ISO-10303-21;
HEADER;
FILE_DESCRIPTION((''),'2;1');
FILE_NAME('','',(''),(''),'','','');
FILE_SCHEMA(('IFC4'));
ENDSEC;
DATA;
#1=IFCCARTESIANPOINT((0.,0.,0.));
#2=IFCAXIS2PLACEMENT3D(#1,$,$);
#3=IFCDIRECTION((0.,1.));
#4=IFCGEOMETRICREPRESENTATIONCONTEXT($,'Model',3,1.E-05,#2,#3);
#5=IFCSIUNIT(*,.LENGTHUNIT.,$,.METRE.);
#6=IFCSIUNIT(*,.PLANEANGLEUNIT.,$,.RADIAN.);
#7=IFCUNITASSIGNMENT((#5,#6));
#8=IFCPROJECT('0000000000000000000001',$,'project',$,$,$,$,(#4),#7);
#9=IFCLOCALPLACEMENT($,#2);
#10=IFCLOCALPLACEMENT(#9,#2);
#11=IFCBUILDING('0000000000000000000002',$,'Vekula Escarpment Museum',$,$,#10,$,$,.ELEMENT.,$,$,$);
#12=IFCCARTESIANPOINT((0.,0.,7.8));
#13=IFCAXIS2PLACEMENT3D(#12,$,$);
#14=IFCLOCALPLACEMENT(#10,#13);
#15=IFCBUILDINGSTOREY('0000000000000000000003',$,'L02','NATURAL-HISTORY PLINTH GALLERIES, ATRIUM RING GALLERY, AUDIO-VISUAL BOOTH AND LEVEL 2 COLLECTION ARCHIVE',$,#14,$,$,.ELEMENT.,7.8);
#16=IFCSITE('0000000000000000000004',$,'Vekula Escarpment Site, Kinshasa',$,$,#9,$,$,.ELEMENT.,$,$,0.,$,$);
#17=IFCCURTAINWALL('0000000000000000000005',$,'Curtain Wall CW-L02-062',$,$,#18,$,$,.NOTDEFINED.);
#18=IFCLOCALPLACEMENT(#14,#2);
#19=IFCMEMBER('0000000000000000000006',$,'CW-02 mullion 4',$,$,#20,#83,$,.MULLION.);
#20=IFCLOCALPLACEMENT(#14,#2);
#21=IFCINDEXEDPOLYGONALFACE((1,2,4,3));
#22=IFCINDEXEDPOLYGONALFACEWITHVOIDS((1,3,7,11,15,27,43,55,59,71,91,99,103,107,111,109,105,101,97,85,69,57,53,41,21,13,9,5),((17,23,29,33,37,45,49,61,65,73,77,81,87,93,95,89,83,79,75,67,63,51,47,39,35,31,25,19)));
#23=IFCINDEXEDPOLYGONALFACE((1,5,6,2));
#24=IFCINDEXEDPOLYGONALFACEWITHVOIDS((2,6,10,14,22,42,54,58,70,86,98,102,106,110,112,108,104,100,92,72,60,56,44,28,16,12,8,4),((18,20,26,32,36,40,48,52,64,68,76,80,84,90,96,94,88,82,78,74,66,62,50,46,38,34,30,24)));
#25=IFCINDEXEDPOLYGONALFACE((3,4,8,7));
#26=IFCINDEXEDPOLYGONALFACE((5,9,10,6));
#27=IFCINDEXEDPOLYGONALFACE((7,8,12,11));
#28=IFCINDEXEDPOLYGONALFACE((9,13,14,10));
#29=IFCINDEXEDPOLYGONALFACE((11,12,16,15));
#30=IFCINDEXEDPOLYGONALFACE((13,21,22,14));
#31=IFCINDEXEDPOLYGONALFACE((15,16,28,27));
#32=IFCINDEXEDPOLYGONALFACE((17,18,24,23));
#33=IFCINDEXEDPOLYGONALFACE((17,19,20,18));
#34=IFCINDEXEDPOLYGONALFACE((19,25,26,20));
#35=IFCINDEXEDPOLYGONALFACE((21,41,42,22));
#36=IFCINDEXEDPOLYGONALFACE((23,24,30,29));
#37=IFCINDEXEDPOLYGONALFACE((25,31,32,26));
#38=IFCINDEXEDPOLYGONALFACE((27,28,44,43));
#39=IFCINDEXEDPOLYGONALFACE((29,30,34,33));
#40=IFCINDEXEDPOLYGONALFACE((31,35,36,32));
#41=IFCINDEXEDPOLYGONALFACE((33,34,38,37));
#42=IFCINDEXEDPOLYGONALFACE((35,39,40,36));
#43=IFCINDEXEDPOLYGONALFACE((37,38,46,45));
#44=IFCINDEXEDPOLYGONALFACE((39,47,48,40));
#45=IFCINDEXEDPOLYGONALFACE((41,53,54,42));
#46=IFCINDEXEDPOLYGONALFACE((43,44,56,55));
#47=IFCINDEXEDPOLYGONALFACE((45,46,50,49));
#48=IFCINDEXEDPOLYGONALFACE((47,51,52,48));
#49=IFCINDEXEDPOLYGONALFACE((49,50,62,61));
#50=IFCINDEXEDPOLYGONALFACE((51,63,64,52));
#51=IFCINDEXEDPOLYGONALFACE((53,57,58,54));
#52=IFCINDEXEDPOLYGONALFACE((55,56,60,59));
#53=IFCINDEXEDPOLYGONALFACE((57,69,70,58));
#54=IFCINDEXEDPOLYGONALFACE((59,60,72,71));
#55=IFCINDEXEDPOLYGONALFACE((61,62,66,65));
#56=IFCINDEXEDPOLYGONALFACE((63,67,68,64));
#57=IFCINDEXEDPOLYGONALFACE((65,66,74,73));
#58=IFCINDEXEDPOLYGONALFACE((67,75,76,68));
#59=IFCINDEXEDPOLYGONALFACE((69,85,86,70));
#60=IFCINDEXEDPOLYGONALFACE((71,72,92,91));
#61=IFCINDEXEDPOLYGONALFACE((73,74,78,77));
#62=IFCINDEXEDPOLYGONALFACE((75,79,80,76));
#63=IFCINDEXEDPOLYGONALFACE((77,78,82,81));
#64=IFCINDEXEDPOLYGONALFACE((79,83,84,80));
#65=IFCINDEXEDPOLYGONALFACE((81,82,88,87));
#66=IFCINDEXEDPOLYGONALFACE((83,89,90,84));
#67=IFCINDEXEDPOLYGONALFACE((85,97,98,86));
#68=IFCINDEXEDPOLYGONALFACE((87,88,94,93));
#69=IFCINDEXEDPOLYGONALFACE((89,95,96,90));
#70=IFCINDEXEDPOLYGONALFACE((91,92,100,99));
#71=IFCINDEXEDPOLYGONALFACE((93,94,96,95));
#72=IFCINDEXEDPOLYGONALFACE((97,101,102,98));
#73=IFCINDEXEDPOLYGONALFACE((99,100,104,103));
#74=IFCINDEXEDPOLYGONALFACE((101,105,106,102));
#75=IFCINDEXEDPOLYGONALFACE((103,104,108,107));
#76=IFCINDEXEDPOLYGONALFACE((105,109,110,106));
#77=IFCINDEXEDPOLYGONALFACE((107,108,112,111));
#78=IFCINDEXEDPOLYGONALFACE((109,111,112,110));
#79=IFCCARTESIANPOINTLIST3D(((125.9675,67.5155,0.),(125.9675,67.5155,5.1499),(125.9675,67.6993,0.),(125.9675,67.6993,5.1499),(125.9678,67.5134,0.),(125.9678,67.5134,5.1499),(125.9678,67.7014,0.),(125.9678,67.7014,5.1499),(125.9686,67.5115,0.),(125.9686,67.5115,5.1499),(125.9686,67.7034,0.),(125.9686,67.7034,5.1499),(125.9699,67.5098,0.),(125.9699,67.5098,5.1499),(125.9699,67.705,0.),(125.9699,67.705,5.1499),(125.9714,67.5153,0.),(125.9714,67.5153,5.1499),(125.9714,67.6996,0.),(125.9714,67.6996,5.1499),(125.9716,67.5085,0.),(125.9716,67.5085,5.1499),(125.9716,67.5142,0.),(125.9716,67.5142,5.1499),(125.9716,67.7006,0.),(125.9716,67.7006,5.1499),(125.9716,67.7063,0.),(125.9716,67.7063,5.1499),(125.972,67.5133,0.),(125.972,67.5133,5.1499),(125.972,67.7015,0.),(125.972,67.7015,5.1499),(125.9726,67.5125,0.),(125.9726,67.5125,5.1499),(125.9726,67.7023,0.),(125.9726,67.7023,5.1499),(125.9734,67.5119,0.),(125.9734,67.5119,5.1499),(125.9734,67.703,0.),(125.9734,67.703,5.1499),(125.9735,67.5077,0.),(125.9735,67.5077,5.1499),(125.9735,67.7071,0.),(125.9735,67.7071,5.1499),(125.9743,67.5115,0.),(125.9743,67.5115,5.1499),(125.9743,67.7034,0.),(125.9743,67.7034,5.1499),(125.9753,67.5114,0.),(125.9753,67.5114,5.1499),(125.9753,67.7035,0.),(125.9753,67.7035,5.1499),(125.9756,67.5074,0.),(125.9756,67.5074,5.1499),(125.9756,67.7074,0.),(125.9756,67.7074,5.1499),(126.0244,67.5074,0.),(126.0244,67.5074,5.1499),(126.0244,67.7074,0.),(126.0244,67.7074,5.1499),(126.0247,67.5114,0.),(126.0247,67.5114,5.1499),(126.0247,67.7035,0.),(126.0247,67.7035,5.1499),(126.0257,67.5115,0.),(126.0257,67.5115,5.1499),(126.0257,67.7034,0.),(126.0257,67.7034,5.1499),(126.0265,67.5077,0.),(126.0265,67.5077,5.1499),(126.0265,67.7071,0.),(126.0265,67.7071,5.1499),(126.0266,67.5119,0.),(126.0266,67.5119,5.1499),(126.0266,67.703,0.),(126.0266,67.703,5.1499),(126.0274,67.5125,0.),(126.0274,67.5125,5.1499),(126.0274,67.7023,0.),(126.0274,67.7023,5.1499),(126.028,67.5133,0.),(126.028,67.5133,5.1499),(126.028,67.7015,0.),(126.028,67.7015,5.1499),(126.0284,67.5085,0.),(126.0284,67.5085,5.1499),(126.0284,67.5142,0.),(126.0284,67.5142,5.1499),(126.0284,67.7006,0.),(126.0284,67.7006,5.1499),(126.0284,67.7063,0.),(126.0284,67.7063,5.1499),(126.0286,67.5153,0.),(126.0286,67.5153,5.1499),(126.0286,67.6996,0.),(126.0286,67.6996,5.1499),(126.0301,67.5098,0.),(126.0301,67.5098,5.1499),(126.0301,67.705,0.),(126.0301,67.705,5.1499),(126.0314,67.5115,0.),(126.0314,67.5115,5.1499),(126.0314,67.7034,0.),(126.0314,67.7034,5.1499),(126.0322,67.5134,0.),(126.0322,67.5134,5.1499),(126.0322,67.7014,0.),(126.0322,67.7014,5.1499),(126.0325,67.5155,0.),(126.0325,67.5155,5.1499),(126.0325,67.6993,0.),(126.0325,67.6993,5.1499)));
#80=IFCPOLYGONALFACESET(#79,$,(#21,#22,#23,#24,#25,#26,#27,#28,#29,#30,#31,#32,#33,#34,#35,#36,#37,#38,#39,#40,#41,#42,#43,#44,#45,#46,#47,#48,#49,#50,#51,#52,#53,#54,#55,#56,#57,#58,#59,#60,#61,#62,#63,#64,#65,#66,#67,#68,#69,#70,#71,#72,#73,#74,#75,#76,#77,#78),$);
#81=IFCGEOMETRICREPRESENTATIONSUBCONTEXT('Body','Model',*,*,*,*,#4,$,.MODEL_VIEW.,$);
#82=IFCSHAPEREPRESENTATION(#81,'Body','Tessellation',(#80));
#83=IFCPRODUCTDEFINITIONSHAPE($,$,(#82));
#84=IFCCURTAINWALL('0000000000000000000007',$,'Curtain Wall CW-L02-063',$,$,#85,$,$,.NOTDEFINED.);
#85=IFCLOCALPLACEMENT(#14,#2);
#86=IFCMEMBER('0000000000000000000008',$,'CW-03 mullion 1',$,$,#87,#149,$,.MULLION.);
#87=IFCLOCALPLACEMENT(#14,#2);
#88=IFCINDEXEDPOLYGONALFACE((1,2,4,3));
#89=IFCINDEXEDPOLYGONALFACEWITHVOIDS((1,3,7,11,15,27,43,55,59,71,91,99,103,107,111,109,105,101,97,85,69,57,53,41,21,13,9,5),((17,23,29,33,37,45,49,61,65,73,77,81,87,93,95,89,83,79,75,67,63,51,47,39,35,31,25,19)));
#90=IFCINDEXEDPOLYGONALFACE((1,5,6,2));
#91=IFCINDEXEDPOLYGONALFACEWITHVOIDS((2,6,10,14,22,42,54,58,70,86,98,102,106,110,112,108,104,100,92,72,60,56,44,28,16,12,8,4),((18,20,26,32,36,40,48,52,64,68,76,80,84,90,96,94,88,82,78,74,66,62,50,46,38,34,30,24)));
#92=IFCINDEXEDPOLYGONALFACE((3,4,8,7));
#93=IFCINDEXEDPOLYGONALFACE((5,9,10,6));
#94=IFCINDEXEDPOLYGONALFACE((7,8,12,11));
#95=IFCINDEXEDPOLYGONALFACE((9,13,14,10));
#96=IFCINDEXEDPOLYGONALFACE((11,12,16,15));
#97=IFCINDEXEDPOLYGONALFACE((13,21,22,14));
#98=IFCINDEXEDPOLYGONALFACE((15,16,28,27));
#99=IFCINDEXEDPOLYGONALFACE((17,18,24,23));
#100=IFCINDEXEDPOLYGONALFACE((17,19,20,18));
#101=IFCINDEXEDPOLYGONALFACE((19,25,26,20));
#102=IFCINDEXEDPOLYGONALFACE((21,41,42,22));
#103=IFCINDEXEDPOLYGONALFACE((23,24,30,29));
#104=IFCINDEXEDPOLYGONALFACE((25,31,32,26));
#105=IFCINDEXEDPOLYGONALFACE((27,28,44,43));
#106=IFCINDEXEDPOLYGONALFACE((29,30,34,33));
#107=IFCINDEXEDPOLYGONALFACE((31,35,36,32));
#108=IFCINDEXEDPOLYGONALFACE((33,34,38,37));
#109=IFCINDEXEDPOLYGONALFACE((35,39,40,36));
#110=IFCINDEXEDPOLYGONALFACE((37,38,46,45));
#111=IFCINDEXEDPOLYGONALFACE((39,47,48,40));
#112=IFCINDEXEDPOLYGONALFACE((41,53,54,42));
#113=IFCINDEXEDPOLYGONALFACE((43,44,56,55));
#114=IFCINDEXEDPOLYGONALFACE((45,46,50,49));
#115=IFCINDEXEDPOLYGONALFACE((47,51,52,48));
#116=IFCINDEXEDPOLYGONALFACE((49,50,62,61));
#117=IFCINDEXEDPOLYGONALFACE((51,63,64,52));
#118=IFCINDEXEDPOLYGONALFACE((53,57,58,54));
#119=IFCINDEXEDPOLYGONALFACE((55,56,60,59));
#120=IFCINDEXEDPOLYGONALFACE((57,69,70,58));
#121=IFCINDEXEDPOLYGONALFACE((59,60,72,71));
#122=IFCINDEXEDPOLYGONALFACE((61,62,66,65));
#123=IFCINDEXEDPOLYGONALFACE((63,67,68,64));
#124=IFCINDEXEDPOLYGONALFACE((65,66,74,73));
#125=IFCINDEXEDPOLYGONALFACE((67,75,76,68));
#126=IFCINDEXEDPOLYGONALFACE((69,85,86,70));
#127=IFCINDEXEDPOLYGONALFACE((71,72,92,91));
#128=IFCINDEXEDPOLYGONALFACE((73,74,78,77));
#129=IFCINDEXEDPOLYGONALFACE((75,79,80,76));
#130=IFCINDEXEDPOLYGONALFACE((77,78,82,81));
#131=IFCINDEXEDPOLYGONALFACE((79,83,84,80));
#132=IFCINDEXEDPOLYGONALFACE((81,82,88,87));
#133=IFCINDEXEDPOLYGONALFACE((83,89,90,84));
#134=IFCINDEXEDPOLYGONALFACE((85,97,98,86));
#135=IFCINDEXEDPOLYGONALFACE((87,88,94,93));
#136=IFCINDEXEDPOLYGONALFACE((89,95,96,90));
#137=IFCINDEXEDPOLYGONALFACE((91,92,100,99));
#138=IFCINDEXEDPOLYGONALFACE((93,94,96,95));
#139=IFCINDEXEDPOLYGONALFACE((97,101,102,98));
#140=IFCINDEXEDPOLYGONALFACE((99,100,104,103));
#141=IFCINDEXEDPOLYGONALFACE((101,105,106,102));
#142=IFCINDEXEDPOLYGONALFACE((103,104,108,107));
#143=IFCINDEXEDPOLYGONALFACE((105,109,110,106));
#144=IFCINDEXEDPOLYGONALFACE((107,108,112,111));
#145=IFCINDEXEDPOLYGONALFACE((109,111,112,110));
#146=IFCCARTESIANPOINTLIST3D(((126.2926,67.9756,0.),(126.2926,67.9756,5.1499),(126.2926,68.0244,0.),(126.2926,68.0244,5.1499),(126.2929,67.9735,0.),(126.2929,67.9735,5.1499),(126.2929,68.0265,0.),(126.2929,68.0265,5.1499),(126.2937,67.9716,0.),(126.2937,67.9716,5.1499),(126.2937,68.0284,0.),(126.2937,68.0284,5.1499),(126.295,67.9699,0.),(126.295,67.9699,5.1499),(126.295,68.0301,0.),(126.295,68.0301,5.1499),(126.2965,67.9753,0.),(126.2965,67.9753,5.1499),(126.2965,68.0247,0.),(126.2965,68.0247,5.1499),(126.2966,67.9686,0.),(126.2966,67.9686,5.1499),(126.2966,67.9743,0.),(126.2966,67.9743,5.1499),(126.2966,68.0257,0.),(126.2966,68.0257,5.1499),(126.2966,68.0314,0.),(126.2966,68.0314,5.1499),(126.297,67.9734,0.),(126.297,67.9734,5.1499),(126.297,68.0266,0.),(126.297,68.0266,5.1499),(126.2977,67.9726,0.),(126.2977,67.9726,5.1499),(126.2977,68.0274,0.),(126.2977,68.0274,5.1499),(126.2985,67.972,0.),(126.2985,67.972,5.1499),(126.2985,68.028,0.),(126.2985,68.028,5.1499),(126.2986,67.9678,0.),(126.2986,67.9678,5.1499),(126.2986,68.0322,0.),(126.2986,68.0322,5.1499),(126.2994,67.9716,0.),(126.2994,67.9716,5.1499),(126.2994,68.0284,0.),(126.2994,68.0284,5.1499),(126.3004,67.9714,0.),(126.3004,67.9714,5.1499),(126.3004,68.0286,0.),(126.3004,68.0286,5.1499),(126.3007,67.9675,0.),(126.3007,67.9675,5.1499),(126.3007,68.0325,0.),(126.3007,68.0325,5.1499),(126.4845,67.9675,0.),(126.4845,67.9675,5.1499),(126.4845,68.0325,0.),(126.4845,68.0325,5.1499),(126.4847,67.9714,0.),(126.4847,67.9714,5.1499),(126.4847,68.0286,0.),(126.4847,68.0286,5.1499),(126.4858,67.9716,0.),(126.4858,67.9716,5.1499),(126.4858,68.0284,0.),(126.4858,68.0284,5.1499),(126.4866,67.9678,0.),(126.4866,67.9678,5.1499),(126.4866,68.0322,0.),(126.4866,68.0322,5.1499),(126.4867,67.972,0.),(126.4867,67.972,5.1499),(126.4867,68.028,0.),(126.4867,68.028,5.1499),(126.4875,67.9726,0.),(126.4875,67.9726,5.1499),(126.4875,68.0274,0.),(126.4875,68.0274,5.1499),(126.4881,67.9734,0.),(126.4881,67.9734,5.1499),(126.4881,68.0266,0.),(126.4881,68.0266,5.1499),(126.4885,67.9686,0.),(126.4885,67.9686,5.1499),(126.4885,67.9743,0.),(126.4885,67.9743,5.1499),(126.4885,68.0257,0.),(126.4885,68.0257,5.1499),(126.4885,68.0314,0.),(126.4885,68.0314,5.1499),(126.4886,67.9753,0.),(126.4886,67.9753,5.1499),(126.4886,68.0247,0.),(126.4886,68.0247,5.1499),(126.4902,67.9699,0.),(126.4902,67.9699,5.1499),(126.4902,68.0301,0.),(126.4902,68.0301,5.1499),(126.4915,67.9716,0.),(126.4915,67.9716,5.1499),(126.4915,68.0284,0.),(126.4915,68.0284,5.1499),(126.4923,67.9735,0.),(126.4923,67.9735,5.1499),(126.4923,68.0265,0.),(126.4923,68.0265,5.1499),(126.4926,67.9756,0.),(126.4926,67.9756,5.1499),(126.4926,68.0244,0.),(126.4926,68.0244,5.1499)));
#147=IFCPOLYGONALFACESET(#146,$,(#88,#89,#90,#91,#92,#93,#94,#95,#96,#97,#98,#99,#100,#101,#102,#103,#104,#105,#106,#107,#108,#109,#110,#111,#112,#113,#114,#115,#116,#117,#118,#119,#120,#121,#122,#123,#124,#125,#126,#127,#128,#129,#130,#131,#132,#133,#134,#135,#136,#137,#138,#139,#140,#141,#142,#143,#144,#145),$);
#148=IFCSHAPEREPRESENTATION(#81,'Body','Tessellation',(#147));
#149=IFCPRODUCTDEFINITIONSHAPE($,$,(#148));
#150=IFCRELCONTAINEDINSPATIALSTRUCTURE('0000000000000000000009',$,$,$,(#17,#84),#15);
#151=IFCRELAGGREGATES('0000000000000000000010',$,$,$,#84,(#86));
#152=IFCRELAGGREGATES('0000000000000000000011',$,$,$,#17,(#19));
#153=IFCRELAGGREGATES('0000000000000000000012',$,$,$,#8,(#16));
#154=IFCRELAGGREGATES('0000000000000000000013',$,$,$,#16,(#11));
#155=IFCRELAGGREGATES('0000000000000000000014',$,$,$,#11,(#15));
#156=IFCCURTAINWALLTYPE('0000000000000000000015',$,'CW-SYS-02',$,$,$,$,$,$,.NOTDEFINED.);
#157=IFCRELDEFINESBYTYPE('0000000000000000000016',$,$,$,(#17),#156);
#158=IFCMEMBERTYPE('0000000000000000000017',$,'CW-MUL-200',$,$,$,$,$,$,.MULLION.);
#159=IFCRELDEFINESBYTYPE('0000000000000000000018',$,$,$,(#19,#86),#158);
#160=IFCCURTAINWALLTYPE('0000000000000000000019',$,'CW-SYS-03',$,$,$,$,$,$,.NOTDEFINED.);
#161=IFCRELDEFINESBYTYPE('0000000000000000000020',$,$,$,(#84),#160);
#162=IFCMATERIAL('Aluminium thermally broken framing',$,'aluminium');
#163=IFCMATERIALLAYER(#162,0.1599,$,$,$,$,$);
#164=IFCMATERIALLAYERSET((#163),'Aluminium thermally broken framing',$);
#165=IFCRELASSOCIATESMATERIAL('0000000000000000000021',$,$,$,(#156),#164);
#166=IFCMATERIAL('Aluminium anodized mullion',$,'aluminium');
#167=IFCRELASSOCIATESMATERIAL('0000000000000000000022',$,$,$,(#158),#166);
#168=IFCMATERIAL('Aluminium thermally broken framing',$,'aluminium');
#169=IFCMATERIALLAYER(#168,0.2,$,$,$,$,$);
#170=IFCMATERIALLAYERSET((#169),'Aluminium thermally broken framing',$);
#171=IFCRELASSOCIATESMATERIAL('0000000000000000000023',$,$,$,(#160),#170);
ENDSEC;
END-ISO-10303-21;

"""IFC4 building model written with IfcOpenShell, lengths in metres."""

from ifc_helpers import new_model, si_unit, direction, frame, origin, origin_2d, place, context, subcontext, project, spatial, hollow_rectangle, extrude, material, layer, layer_set, material_profile, profile_set, type_object, element, aggregate, save


model = new_model("IFC4")

# Units and contexts
model_context = context("Model", 3, precision=1e-05, world=origin(), true_north=direction((0.0, 1.0)))
body_context = subcontext(model_context, "Body", "Model", "MODEL_VIEW")
ifc_project = project(units=[si_unit("LENGTHUNIT", "METRE"), si_unit("PLANEANGLEUNIT", "RADIAN")], contexts=[model_context])

# Site, building, storey
site_placement = place(None, origin())
site = spatial("IfcSite", under=ifc_project, at=site_placement, Name="Vekula Escarpment Site, Kinshasa", CompositionType="ELEMENT", RefElevation=0.0)
building_placement = place(site_placement, origin())
building = spatial("IfcBuilding", under=site, at=building_placement, Name="Vekula Escarpment Museum", CompositionType="ELEMENT")
storey_placement = place(building_placement, frame((0.0, 0.0, 7.8)))
storey = spatial("IfcBuildingStorey", under=building, at=storey_placement, Name="L02", Description="NATURAL-HISTORY PLINTH GALLERIES, ATRIUM RING GALLERY, AUDIO-VISUAL BOOTH AND LEVEL 2 COLLECTION ARCHIVE", CompositionType="ELEMENT", Elevation=7.8)

# Curtain wall, member
ifc_material_1 = material(Name="Aluminium thermally broken framing", Category="aluminium")
ifc_layer_1 = layer(ifc_material_1, 0.1599)
ifc_layer_set_1 = layer_set([ifc_layer_1], Name="Aluminium thermally broken framing")
curtain_wall_type_1 = type_object("IfcCurtainWallType", Name="CW-SYS-02", PredefinedType="NOTDEFINED", material=ifc_layer_set_1)
curtain_wall_1_placement = place(storey_placement, origin())
curtain_wall_1 = element("IfcCurtainWall", 1, at=curtain_wall_1_placement, inside=storey, type_object=curtain_wall_type_1, Name="Curtain Wall CW-L02-062", PredefinedType="NOTDEFINED")
ifc_material_2 = material(Name="Aluminium anodized mullion", Category="aluminium")
ifc_material_profile_1 = material_profile(ifc_material_2, hollow_rectangle(XDim=0.0649, YDim=0.2, WallThickness=0.0039, InnerFilletRadius=0.0039, OuterFilletRadius=0.0081, at=origin_2d()), Name="ALU 200x65x4")
ifc_profile_set_1 = profile_set([ifc_material_profile_1], Name="Aluminium anodized mullion")
member_type_1 = type_object("IfcMemberType", Name="CW-MUL-200", PredefinedType="MULLION", material=ifc_profile_set_1)
member_1_placement = place(storey_placement, frame((126.0, 67.6074, 0.0), z_axis=(0.0, 0.0, 1.0), x_axis=(-1.0, 0.0, 0.0)))
member_1 = element("IfcMember", 2, at=member_1_placement, type_object=member_type_1, Name="CW-02 mullion 4", PredefinedType="MULLION", context=body_context, shape_type="SweptSolid", body=[
    extrude(hollow_rectangle(XDim=0.0649, YDim=0.2, WallThickness=0.0039, InnerFilletRadius=0.0039, OuterFilletRadius=0.0081, at=origin_2d()), origin(), (0.0, 0.0, 1.0), 5.1499),
])

# Curtain wall, member
ifc_material_3 = material(Name="Aluminium thermally broken framing", Category="aluminium")
ifc_layer_2 = layer(ifc_material_3, 0.2)
ifc_layer_set_2 = layer_set([ifc_layer_2], Name="Aluminium thermally broken framing")
curtain_wall_type_2 = type_object("IfcCurtainWallType", Name="CW-SYS-03", PredefinedType="NOTDEFINED", material=ifc_layer_set_2)
curtain_wall_2_placement = place(storey_placement, origin())
curtain_wall_2 = element("IfcCurtainWall", 3, at=curtain_wall_2_placement, inside=storey, type_object=curtain_wall_type_2, Name="Curtain Wall CW-L02-063", PredefinedType="NOTDEFINED")
member_2_placement = place(storey_placement, frame((126.3926, 68.0, 0.0), z_axis=(0.0, 0.0, 1.0), x_axis=(0.0, 1.0, 0.0)))
member_2 = element("IfcMember", 4, at=member_2_placement, type_object=member_type_1, Name="CW-03 mullion 1", PredefinedType="MULLION", context=body_context, shape_type="SweptSolid", body=[
    extrude(hollow_rectangle(XDim=0.0649, YDim=0.2, WallThickness=0.0039, InnerFilletRadius=0.0039, OuterFilletRadius=0.0081, at=origin_2d()), origin(), (0.0, 0.0, 1.0), 5.1499),
])

aggregate(curtain_wall_2, [member_2])

aggregate(curtain_wall_1, [member_1])

save(model, "model.ifc")
